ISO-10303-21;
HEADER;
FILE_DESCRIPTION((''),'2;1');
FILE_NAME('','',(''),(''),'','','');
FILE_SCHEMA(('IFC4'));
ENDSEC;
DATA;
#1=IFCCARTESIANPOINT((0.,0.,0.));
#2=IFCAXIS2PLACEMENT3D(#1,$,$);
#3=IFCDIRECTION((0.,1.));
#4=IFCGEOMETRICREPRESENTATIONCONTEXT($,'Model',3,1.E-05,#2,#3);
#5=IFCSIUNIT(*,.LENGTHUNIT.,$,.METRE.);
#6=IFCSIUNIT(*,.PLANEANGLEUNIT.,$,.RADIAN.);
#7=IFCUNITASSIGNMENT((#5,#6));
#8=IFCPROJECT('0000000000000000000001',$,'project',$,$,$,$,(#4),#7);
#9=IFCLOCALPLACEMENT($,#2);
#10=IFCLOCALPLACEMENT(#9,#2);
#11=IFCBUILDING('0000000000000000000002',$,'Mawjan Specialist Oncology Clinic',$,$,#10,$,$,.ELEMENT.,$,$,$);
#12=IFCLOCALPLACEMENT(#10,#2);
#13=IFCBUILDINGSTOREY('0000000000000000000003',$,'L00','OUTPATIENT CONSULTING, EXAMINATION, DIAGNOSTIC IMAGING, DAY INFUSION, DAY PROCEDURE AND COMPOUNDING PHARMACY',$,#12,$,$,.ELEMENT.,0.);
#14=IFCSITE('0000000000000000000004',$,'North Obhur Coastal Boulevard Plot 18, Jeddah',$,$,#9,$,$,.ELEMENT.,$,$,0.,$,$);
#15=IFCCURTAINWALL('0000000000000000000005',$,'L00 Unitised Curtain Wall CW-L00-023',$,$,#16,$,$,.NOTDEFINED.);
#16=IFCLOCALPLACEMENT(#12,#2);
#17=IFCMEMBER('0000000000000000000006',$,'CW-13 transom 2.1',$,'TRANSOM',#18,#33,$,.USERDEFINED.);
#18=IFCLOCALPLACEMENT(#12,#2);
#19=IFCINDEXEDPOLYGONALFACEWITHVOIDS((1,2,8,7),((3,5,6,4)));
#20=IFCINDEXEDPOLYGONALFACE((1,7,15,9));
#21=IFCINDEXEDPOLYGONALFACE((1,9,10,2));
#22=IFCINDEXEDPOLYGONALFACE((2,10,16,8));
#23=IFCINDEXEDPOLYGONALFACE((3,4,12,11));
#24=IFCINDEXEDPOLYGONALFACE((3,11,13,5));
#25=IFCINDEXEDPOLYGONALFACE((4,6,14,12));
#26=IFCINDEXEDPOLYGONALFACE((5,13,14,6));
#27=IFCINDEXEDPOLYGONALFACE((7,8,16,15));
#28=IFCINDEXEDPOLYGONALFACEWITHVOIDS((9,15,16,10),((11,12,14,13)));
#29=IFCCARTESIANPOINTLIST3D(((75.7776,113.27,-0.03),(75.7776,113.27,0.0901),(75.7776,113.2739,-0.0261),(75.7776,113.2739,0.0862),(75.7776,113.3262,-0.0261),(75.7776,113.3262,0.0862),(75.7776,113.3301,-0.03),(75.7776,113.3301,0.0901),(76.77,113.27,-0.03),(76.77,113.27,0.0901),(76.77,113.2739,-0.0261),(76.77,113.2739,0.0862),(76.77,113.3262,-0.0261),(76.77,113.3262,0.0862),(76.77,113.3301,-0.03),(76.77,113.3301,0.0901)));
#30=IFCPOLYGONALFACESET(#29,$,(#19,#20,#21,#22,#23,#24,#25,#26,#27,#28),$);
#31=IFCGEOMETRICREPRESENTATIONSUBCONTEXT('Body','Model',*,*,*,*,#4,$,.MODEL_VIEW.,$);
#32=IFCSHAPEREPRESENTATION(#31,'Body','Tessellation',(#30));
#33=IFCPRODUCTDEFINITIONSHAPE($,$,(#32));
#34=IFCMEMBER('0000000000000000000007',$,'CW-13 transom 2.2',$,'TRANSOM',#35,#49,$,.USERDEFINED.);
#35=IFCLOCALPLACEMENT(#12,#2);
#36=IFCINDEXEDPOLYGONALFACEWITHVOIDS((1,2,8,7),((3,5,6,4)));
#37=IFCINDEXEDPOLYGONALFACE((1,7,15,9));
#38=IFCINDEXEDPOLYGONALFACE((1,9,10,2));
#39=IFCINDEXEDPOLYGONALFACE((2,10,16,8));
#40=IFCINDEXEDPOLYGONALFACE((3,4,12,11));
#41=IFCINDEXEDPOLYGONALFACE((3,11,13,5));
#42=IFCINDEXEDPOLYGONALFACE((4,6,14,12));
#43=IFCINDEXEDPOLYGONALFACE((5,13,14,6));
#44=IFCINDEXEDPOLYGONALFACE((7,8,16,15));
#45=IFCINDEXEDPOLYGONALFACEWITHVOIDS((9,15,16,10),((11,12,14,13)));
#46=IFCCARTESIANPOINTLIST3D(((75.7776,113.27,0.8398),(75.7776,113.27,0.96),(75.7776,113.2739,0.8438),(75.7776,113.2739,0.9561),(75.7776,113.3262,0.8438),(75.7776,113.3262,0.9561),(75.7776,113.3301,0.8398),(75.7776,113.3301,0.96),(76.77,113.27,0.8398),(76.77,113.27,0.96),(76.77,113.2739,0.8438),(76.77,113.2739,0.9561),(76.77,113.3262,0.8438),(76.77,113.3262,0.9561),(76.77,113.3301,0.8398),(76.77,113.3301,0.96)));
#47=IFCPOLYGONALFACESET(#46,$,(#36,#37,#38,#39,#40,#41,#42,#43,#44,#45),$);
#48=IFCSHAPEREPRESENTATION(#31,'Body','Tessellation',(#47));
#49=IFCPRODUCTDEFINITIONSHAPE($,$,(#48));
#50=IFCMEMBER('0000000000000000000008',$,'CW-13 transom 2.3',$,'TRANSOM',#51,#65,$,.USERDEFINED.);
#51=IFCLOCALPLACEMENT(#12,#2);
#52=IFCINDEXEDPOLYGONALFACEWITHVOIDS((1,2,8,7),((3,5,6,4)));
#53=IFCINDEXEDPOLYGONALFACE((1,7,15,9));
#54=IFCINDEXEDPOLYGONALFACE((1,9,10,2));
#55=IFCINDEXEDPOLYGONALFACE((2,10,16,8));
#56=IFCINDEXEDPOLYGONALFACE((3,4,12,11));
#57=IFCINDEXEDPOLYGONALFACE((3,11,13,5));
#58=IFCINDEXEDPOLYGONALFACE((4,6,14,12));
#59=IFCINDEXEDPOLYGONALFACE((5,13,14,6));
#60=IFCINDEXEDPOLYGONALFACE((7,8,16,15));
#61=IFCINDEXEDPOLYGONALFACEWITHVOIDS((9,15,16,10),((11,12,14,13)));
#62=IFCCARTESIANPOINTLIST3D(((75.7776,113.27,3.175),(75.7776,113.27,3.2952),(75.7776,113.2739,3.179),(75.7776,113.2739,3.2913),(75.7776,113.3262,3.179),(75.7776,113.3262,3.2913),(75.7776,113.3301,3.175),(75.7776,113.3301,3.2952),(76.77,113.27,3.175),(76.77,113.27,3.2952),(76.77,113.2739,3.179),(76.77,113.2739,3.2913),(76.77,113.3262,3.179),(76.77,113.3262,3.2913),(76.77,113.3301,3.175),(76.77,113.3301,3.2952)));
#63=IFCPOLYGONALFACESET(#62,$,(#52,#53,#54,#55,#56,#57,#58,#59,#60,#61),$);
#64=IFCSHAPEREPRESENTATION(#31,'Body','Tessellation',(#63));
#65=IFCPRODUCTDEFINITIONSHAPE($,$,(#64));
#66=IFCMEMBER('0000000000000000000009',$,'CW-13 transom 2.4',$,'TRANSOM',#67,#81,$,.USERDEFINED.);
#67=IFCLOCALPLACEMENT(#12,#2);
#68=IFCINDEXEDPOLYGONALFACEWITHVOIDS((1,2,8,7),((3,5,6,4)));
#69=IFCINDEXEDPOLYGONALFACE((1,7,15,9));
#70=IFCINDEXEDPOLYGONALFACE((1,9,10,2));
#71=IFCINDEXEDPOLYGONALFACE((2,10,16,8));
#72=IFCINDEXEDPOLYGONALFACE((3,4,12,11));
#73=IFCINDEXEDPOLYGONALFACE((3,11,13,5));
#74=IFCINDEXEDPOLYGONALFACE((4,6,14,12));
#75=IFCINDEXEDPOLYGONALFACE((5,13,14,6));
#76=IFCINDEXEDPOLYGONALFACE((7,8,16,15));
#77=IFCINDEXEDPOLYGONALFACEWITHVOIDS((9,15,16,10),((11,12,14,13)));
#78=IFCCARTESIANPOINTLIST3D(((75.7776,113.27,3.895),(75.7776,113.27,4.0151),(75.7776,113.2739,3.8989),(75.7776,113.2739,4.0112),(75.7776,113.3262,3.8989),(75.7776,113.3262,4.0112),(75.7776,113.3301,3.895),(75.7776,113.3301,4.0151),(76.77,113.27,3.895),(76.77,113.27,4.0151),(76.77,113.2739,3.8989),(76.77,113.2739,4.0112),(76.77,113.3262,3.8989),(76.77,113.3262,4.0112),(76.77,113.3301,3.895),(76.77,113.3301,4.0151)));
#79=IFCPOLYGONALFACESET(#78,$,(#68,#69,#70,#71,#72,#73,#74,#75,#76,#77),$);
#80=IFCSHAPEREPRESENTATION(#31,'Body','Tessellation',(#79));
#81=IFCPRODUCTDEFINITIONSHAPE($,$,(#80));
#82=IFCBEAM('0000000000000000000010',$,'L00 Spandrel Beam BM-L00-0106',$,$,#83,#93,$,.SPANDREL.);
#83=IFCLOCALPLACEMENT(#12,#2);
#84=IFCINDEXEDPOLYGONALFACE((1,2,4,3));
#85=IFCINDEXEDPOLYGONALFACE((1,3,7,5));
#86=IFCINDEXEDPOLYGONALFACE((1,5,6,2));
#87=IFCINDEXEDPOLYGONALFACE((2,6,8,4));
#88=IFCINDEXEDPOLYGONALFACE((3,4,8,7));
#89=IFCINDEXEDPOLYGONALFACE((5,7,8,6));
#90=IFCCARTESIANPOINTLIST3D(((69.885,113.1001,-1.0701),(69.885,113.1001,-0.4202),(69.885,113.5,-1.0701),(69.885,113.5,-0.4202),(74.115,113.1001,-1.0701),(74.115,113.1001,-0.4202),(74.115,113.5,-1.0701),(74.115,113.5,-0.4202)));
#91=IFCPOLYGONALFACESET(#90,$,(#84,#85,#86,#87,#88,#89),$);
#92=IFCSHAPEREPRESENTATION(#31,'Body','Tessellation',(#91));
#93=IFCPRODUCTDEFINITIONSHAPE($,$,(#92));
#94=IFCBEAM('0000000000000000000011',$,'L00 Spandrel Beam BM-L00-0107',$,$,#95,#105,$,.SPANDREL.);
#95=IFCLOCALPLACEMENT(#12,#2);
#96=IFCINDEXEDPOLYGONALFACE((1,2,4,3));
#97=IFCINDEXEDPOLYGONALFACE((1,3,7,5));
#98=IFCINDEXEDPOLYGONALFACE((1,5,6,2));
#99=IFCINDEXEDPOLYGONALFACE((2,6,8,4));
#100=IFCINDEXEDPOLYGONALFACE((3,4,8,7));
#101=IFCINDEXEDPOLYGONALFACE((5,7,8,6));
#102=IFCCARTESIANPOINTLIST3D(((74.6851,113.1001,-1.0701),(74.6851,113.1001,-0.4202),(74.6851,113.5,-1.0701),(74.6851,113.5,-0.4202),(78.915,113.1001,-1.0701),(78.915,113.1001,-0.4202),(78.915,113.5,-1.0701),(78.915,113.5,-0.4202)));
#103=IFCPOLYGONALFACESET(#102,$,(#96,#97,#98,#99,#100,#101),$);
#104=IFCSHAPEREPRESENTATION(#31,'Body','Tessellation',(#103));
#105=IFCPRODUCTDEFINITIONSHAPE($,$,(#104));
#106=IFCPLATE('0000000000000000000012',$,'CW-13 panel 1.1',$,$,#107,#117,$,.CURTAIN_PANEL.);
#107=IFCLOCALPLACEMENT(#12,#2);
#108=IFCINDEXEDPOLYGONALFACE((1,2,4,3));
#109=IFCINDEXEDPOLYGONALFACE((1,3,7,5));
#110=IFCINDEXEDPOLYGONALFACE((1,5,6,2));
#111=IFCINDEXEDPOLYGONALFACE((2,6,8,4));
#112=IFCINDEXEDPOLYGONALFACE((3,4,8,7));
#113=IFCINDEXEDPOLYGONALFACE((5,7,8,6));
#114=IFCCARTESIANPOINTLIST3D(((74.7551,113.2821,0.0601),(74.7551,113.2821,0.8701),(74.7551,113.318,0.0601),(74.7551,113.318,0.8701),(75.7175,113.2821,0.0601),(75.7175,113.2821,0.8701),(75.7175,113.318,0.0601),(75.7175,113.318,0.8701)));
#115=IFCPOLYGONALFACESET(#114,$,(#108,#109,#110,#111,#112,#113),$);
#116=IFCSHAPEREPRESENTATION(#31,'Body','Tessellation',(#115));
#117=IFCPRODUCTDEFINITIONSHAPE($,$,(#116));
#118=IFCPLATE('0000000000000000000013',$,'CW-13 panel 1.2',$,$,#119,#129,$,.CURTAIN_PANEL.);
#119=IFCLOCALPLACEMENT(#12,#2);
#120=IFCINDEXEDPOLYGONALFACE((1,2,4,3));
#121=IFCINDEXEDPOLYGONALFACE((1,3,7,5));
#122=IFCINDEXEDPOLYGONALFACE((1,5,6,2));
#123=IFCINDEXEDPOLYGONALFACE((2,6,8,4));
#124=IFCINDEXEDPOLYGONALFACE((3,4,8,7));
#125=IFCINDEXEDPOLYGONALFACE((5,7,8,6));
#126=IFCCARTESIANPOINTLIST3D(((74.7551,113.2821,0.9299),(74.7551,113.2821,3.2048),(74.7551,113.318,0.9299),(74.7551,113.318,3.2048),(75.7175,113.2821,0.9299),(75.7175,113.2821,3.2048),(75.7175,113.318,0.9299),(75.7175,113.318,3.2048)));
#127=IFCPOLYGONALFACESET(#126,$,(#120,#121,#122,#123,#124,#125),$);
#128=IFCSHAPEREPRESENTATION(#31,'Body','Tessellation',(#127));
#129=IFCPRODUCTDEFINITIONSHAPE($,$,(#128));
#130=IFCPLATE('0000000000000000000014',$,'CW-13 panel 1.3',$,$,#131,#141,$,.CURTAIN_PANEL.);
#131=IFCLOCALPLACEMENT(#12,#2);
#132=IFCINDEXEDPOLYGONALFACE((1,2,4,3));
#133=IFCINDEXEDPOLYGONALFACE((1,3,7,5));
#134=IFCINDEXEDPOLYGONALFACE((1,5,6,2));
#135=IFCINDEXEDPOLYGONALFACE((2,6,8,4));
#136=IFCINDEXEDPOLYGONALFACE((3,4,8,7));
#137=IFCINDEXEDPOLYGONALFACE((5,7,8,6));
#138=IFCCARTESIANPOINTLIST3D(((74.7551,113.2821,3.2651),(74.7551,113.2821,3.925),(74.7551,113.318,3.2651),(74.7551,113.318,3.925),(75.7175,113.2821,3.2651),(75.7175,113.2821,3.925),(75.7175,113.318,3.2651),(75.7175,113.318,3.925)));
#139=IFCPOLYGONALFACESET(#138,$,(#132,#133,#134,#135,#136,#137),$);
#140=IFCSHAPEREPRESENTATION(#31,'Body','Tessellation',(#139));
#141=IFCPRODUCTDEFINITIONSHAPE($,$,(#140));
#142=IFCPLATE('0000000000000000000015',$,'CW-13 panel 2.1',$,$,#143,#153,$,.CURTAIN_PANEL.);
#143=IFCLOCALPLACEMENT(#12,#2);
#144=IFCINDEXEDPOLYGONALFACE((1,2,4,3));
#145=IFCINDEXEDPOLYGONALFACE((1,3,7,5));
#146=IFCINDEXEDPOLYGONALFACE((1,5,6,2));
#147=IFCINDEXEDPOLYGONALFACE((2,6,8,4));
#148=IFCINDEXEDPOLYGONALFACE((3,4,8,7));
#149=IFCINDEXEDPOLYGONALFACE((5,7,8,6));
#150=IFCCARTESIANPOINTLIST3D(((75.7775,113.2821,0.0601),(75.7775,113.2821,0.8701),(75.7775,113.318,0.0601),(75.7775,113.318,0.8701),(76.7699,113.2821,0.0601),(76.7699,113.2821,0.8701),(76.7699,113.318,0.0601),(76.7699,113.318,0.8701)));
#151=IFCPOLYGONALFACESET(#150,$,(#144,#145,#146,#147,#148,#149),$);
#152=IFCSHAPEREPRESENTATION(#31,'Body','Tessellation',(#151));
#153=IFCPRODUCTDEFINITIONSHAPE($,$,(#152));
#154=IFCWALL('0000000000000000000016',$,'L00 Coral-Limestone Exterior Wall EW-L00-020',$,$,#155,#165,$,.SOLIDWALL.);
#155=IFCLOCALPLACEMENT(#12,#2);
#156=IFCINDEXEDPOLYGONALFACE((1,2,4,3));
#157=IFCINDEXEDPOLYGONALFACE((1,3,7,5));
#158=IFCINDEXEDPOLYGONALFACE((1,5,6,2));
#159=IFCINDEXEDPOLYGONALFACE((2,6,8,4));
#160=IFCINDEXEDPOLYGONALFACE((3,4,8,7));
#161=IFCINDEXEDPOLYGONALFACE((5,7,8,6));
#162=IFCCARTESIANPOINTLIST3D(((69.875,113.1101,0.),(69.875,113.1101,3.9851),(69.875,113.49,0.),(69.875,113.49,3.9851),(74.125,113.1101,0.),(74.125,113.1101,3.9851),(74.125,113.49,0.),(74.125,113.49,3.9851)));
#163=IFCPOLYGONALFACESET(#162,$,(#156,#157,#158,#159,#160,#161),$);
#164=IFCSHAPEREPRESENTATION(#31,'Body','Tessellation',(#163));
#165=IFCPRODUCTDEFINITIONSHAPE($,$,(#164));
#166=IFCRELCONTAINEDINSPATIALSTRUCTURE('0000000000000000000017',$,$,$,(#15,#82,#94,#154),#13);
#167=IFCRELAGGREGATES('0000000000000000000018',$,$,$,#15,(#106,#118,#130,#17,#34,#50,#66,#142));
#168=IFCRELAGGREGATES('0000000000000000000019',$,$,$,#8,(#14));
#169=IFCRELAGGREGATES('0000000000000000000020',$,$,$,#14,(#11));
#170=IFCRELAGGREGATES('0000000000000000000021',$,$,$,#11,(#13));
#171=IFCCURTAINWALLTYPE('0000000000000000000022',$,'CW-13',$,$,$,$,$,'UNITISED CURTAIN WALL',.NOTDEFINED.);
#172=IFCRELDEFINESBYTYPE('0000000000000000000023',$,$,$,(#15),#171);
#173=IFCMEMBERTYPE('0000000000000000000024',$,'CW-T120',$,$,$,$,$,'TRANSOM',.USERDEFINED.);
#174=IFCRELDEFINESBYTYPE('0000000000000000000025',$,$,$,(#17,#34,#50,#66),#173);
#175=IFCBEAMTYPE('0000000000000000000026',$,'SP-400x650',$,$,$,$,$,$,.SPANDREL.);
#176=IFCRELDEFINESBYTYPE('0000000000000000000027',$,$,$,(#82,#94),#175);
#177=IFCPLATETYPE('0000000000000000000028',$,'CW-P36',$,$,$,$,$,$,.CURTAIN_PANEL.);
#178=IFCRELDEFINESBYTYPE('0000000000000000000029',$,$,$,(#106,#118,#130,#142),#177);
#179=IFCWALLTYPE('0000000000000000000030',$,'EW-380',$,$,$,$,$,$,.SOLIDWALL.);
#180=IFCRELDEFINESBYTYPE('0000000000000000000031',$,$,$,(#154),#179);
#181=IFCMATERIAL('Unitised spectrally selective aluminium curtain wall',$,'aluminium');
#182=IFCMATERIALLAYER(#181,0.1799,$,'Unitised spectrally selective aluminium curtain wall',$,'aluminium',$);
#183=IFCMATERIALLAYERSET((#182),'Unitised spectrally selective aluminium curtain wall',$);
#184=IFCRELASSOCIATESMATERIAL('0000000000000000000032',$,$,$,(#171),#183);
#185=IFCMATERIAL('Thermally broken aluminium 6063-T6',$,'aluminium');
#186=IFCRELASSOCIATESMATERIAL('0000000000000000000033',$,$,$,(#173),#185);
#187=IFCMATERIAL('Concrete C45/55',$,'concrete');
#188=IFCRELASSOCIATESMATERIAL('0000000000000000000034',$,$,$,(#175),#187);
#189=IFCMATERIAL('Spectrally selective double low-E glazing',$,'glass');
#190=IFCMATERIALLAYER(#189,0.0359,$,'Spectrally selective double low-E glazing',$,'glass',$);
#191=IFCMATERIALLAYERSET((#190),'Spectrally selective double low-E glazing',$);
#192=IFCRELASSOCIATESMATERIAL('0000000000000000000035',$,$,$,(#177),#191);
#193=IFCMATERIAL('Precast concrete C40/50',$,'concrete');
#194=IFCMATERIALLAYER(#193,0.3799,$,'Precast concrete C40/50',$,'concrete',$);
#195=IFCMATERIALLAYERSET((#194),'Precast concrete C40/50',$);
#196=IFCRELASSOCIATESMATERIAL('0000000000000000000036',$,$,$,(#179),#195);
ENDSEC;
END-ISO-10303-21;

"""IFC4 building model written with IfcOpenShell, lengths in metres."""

from ifc_helpers import new_model, si_unit, direction, frame, frame_2d, origin, origin_2d, place, context, subcontext, project, spatial, rectangle, hollow_rectangle, extrude, material, layer, layer_set, material_profile, profile_set, type_object, element, aggregate, save


model = new_model("IFC4")

# Units and contexts
model_context = context("Model", 3, precision=1e-05, world=origin(), true_north=direction((0.0, 1.0)))
body_context = subcontext(model_context, "Body", "Model", "MODEL_VIEW")
ifc_project = project(units=[si_unit("LENGTHUNIT", "METRE"), si_unit("PLANEANGLEUNIT", "RADIAN")], contexts=[model_context])

# Site, building, storey
site_placement = place(None, origin())
site = spatial("IfcSite", under=ifc_project, at=site_placement, Name="North Obhur Coastal Boulevard Plot 18, Jeddah", CompositionType="ELEMENT", RefElevation=0.0)
building_placement = place(site_placement, origin())
building = spatial("IfcBuilding", under=site, at=building_placement, Name="Mawjan Specialist Oncology Clinic", CompositionType="ELEMENT")
storey_placement = place(building_placement, origin())
storey = spatial("IfcBuildingStorey", under=building, at=storey_placement, Name="L00", Description="OUTPATIENT CONSULTING, EXAMINATION, DIAGNOSTIC IMAGING, DAY INFUSION, DAY PROCEDURE AND COMPOUNDING PHARMACY", CompositionType="ELEMENT", Elevation=0.0)

# Curtain wall, members
ifc_material_1 = material(Name="Unitised spectrally selective aluminium curtain wall", Category="aluminium")
ifc_layer_1 = layer(ifc_material_1, 0.1799, Name="Unitised spectrally selective aluminium curtain wall", Category="aluminium")
ifc_layer_set_1 = layer_set([ifc_layer_1], Name="Unitised spectrally selective aluminium curtain wall")
curtain_wall_type = type_object("IfcCurtainWallType", Name="CW-13", ElementType="UNITISED CURTAIN WALL", PredefinedType="NOTDEFINED", material=ifc_layer_set_1)
curtain_wall_placement = place(storey_placement, origin())
curtain_wall = element("IfcCurtainWall", 1, at=curtain_wall_placement, inside=storey, type_object=curtain_wall_type, Name="L00 Unitised Curtain Wall CW-L00-023", PredefinedType="NOTDEFINED")
ifc_material_2 = material(Name="Thermally broken aluminium 6063-T6", Category="aluminium")
ifc_material_profile_1 = material_profile(ifc_material_2, hollow_rectangle(XDim=0.0601, YDim=0.1201, WallThickness=0.0039, at=origin_2d()), Name="ALU TRANSOM 120x60x4", Category="aluminium")
ifc_profile_set_1 = profile_set([ifc_material_profile_1], Name="Thermally broken aluminium 6063-T6")
member_type_1 = type_object("IfcMemberType", Name="CW-T120", ElementType="TRANSOM", PredefinedType="USERDEFINED", material=ifc_profile_set_1)
member_1_placement = place(storey_placement, frame((75.7776, 113.3, 0.03), z_axis=(1.0, 0.0, 0.0), x_axis=(0.0, 1.0, 0.0)))
member_1 = element("IfcMember", 2, at=member_1_placement, type_object=member_type_1, Name="CW-13 transom 2.1", ObjectType="TRANSOM", PredefinedType="USERDEFINED", context=body_context, shape_type="SweptSolid", body=[
    extrude(hollow_rectangle(XDim=0.0601, YDim=0.1201, WallThickness=0.0039, at=origin_2d()), origin(), (0.0, 0.0, 1.0), 0.9924),
])
member_2_placement = place(storey_placement, frame((75.7776, 113.3, 0.8999), z_axis=(1.0, 0.0, 0.0), x_axis=(0.0, 1.0, 0.0)))
member_2 = element("IfcMember", 3, at=member_2_placement, type_object=member_type_1, Name="CW-13 transom 2.2", ObjectType="TRANSOM", PredefinedType="USERDEFINED", context=body_context, shape_type="SweptSolid", body=[
    extrude(hollow_rectangle(XDim=0.0601, YDim=0.1201, WallThickness=0.0039, at=origin_2d()), origin(), (0.0, 0.0, 1.0), 0.9924),
])
member_3_placement = place(storey_placement, frame((75.7776, 113.3, 3.2351), z_axis=(1.0, 0.0, 0.0), x_axis=(0.0, 1.0, 0.0)))
member_3 = element("IfcMember", 4, at=member_3_placement, type_object=member_type_1, Name="CW-13 transom 2.3", ObjectType="TRANSOM", PredefinedType="USERDEFINED", context=body_context, shape_type="SweptSolid", body=[
    extrude(hollow_rectangle(XDim=0.0601, YDim=0.1201, WallThickness=0.0039, at=origin_2d()), origin(), (0.0, 0.0, 1.0), 0.9924),
])
member_4_placement = place(storey_placement, frame((75.7776, 113.3, 3.9551), z_axis=(1.0, 0.0, 0.0), x_axis=(0.0, 1.0, 0.0)))
member_4 = element("IfcMember", 5, at=member_4_placement, type_object=member_type_1, Name="CW-13 transom 2.4", ObjectType="TRANSOM", PredefinedType="USERDEFINED", context=body_context, shape_type="SweptSolid", body=[
    extrude(hollow_rectangle(XDim=0.0601, YDim=0.1201, WallThickness=0.0039, at=origin_2d()), origin(), (0.0, 0.0, 1.0), 0.9924),
])

# Beams
ifc_material_3 = material(Name="Concrete C45/55", Category="concrete")
ifc_material_profile_2 = material_profile(ifc_material_3, rectangle(XDim=0.3999, YDim=0.6499, at=origin_2d()), Name="RC BM 400x650", Category="concrete")
ifc_profile_set_2 = profile_set([ifc_material_profile_2], Name="Concrete C45/55")
beam_type_1 = type_object("IfcBeamType", Name="SP-400x650", PredefinedType="SPANDREL", material=ifc_profile_set_2)
for number, where, z_axis, x_axis, name in (
    (6, (69.885, 113.3, -0.7451), (1.0, 0.0, 0.0), (0.0, 1.0, 0.0), "L00 Spandrel Beam BM-L00-0106"),
    (7, (74.6851, 113.3, -0.7451), (1.0, 0.0, 0.0), (0.0, 1.0, 0.0), "L00 Spandrel Beam BM-L00-0107"),
):
    element("IfcBeam", number, at=place(storey_placement, frame(where, z_axis=z_axis, x_axis=x_axis)), inside=storey, type_object=beam_type_1, Name=name, PredefinedType="SPANDREL", context=body_context, shape_type="SweptSolid", body=[
        extrude(rectangle(XDim=0.3999, YDim=0.6499, at=origin_2d()), origin(), (0.0, 0.0, 1.0), 4.23),
    ])

# Plates
ifc_material_4 = material(Name="Spectrally selective double low-E glazing", Category="glass")
ifc_layer_2 = layer(ifc_material_4, 0.0359, Name="Spectrally selective double low-E glazing", Category="glass")
ifc_layer_set_2 = layer_set([ifc_layer_2], Name="Spectrally selective double low-E glazing")
plate_type = type_object("IfcPlateType", Name="CW-P36", PredefinedType="CURTAIN_PANEL", material=ifc_layer_set_2)
plate_1_placement = place(storey_placement, frame((75.2363, 113.3, 0.0601), z_axis=(0.0, 0.0, 1.0), x_axis=(1.0, 0.0, 0.0)))
plate_1 = element("IfcPlate", 8, at=plate_1_placement, type_object=plate_type, Name="CW-13 panel 1.1", PredefinedType="CURTAIN_PANEL", context=body_context, shape_type="SweptSolid", body=[
    extrude(rectangle(XDim=0.9624, YDim=0.0359, at=origin_2d()), origin(), (0.0, 0.0, 1.0), 0.8101),
])
plate_2_placement = place(storey_placement, frame((75.2363, 113.3, 0.9299), z_axis=(0.0, 0.0, 1.0), x_axis=(1.0, 0.0, 0.0)))
plate_2 = element("IfcPlate", 9, at=plate_2_placement, type_object=plate_type, Name="CW-13 panel 1.2", PredefinedType="CURTAIN_PANEL", context=body_context, shape_type="SweptSolid", body=[
    extrude(rectangle(XDim=0.9624, YDim=0.0359, at=origin_2d()), origin(), (0.0, 0.0, 1.0), 2.2749),
])
plate_3_placement = place(storey_placement, frame((75.2363, 113.3, 3.2651), z_axis=(0.0, 0.0, 1.0), x_axis=(1.0, 0.0, 0.0)))
plate_3 = element("IfcPlate", 10, at=plate_3_placement, type_object=plate_type, Name="CW-13 panel 1.3", PredefinedType="CURTAIN_PANEL", context=body_context, shape_type="SweptSolid", body=[
    extrude(rectangle(XDim=0.9624, YDim=0.0359, at=origin_2d()), origin(), (0.0, 0.0, 1.0), 0.6599),
])
plate_4_placement = place(storey_placement, frame((76.2737, 113.3, 0.0601), z_axis=(0.0, 0.0, 1.0), x_axis=(1.0, 0.0, 0.0)))
plate_4 = element("IfcPlate", 11, at=plate_4_placement, type_object=plate_type, Name="CW-13 panel 2.1", PredefinedType="CURTAIN_PANEL", context=body_context, shape_type="SweptSolid", body=[
    extrude(rectangle(XDim=0.9924, YDim=0.0359, at=origin_2d()), origin(), (0.0, 0.0, 1.0), 0.8101),
])
aggregate(curtain_wall, [plate_1, plate_2, plate_3, member_1, member_2, member_3, member_4, plate_4])

# Wall
ifc_material_5 = material(Name="Precast concrete C40/50", Category="concrete")
ifc_layer_3 = layer(ifc_material_5, 0.3799, Name="Precast concrete C40/50", Category="concrete")
ifc_layer_set_3 = layer_set([ifc_layer_3], Name="Precast concrete C40/50")
wall_type = type_object("IfcWallType", Name="EW-380", PredefinedType="SOLIDWALL", material=ifc_layer_set_3)
wall_placement = place(storey_placement, frame((69.875, 113.3, 0.0), z_axis=(0.0, 0.0, 1.0), x_axis=(1.0, 0.0, 0.0)))
element("IfcWall", 12, at=wall_placement, inside=storey, type_object=wall_type, Name="L00 Coral-Limestone Exterior Wall EW-L00-020", PredefinedType="SOLIDWALL", context=body_context, shape_type="SweptSolid", body=[
    extrude(rectangle(XDim=4.25, YDim=0.3799, at=frame_2d((2.125, 0.0))), origin(), (0.0, 0.0, 1.0), 3.9851),
])

save(model, "model.ifc")
